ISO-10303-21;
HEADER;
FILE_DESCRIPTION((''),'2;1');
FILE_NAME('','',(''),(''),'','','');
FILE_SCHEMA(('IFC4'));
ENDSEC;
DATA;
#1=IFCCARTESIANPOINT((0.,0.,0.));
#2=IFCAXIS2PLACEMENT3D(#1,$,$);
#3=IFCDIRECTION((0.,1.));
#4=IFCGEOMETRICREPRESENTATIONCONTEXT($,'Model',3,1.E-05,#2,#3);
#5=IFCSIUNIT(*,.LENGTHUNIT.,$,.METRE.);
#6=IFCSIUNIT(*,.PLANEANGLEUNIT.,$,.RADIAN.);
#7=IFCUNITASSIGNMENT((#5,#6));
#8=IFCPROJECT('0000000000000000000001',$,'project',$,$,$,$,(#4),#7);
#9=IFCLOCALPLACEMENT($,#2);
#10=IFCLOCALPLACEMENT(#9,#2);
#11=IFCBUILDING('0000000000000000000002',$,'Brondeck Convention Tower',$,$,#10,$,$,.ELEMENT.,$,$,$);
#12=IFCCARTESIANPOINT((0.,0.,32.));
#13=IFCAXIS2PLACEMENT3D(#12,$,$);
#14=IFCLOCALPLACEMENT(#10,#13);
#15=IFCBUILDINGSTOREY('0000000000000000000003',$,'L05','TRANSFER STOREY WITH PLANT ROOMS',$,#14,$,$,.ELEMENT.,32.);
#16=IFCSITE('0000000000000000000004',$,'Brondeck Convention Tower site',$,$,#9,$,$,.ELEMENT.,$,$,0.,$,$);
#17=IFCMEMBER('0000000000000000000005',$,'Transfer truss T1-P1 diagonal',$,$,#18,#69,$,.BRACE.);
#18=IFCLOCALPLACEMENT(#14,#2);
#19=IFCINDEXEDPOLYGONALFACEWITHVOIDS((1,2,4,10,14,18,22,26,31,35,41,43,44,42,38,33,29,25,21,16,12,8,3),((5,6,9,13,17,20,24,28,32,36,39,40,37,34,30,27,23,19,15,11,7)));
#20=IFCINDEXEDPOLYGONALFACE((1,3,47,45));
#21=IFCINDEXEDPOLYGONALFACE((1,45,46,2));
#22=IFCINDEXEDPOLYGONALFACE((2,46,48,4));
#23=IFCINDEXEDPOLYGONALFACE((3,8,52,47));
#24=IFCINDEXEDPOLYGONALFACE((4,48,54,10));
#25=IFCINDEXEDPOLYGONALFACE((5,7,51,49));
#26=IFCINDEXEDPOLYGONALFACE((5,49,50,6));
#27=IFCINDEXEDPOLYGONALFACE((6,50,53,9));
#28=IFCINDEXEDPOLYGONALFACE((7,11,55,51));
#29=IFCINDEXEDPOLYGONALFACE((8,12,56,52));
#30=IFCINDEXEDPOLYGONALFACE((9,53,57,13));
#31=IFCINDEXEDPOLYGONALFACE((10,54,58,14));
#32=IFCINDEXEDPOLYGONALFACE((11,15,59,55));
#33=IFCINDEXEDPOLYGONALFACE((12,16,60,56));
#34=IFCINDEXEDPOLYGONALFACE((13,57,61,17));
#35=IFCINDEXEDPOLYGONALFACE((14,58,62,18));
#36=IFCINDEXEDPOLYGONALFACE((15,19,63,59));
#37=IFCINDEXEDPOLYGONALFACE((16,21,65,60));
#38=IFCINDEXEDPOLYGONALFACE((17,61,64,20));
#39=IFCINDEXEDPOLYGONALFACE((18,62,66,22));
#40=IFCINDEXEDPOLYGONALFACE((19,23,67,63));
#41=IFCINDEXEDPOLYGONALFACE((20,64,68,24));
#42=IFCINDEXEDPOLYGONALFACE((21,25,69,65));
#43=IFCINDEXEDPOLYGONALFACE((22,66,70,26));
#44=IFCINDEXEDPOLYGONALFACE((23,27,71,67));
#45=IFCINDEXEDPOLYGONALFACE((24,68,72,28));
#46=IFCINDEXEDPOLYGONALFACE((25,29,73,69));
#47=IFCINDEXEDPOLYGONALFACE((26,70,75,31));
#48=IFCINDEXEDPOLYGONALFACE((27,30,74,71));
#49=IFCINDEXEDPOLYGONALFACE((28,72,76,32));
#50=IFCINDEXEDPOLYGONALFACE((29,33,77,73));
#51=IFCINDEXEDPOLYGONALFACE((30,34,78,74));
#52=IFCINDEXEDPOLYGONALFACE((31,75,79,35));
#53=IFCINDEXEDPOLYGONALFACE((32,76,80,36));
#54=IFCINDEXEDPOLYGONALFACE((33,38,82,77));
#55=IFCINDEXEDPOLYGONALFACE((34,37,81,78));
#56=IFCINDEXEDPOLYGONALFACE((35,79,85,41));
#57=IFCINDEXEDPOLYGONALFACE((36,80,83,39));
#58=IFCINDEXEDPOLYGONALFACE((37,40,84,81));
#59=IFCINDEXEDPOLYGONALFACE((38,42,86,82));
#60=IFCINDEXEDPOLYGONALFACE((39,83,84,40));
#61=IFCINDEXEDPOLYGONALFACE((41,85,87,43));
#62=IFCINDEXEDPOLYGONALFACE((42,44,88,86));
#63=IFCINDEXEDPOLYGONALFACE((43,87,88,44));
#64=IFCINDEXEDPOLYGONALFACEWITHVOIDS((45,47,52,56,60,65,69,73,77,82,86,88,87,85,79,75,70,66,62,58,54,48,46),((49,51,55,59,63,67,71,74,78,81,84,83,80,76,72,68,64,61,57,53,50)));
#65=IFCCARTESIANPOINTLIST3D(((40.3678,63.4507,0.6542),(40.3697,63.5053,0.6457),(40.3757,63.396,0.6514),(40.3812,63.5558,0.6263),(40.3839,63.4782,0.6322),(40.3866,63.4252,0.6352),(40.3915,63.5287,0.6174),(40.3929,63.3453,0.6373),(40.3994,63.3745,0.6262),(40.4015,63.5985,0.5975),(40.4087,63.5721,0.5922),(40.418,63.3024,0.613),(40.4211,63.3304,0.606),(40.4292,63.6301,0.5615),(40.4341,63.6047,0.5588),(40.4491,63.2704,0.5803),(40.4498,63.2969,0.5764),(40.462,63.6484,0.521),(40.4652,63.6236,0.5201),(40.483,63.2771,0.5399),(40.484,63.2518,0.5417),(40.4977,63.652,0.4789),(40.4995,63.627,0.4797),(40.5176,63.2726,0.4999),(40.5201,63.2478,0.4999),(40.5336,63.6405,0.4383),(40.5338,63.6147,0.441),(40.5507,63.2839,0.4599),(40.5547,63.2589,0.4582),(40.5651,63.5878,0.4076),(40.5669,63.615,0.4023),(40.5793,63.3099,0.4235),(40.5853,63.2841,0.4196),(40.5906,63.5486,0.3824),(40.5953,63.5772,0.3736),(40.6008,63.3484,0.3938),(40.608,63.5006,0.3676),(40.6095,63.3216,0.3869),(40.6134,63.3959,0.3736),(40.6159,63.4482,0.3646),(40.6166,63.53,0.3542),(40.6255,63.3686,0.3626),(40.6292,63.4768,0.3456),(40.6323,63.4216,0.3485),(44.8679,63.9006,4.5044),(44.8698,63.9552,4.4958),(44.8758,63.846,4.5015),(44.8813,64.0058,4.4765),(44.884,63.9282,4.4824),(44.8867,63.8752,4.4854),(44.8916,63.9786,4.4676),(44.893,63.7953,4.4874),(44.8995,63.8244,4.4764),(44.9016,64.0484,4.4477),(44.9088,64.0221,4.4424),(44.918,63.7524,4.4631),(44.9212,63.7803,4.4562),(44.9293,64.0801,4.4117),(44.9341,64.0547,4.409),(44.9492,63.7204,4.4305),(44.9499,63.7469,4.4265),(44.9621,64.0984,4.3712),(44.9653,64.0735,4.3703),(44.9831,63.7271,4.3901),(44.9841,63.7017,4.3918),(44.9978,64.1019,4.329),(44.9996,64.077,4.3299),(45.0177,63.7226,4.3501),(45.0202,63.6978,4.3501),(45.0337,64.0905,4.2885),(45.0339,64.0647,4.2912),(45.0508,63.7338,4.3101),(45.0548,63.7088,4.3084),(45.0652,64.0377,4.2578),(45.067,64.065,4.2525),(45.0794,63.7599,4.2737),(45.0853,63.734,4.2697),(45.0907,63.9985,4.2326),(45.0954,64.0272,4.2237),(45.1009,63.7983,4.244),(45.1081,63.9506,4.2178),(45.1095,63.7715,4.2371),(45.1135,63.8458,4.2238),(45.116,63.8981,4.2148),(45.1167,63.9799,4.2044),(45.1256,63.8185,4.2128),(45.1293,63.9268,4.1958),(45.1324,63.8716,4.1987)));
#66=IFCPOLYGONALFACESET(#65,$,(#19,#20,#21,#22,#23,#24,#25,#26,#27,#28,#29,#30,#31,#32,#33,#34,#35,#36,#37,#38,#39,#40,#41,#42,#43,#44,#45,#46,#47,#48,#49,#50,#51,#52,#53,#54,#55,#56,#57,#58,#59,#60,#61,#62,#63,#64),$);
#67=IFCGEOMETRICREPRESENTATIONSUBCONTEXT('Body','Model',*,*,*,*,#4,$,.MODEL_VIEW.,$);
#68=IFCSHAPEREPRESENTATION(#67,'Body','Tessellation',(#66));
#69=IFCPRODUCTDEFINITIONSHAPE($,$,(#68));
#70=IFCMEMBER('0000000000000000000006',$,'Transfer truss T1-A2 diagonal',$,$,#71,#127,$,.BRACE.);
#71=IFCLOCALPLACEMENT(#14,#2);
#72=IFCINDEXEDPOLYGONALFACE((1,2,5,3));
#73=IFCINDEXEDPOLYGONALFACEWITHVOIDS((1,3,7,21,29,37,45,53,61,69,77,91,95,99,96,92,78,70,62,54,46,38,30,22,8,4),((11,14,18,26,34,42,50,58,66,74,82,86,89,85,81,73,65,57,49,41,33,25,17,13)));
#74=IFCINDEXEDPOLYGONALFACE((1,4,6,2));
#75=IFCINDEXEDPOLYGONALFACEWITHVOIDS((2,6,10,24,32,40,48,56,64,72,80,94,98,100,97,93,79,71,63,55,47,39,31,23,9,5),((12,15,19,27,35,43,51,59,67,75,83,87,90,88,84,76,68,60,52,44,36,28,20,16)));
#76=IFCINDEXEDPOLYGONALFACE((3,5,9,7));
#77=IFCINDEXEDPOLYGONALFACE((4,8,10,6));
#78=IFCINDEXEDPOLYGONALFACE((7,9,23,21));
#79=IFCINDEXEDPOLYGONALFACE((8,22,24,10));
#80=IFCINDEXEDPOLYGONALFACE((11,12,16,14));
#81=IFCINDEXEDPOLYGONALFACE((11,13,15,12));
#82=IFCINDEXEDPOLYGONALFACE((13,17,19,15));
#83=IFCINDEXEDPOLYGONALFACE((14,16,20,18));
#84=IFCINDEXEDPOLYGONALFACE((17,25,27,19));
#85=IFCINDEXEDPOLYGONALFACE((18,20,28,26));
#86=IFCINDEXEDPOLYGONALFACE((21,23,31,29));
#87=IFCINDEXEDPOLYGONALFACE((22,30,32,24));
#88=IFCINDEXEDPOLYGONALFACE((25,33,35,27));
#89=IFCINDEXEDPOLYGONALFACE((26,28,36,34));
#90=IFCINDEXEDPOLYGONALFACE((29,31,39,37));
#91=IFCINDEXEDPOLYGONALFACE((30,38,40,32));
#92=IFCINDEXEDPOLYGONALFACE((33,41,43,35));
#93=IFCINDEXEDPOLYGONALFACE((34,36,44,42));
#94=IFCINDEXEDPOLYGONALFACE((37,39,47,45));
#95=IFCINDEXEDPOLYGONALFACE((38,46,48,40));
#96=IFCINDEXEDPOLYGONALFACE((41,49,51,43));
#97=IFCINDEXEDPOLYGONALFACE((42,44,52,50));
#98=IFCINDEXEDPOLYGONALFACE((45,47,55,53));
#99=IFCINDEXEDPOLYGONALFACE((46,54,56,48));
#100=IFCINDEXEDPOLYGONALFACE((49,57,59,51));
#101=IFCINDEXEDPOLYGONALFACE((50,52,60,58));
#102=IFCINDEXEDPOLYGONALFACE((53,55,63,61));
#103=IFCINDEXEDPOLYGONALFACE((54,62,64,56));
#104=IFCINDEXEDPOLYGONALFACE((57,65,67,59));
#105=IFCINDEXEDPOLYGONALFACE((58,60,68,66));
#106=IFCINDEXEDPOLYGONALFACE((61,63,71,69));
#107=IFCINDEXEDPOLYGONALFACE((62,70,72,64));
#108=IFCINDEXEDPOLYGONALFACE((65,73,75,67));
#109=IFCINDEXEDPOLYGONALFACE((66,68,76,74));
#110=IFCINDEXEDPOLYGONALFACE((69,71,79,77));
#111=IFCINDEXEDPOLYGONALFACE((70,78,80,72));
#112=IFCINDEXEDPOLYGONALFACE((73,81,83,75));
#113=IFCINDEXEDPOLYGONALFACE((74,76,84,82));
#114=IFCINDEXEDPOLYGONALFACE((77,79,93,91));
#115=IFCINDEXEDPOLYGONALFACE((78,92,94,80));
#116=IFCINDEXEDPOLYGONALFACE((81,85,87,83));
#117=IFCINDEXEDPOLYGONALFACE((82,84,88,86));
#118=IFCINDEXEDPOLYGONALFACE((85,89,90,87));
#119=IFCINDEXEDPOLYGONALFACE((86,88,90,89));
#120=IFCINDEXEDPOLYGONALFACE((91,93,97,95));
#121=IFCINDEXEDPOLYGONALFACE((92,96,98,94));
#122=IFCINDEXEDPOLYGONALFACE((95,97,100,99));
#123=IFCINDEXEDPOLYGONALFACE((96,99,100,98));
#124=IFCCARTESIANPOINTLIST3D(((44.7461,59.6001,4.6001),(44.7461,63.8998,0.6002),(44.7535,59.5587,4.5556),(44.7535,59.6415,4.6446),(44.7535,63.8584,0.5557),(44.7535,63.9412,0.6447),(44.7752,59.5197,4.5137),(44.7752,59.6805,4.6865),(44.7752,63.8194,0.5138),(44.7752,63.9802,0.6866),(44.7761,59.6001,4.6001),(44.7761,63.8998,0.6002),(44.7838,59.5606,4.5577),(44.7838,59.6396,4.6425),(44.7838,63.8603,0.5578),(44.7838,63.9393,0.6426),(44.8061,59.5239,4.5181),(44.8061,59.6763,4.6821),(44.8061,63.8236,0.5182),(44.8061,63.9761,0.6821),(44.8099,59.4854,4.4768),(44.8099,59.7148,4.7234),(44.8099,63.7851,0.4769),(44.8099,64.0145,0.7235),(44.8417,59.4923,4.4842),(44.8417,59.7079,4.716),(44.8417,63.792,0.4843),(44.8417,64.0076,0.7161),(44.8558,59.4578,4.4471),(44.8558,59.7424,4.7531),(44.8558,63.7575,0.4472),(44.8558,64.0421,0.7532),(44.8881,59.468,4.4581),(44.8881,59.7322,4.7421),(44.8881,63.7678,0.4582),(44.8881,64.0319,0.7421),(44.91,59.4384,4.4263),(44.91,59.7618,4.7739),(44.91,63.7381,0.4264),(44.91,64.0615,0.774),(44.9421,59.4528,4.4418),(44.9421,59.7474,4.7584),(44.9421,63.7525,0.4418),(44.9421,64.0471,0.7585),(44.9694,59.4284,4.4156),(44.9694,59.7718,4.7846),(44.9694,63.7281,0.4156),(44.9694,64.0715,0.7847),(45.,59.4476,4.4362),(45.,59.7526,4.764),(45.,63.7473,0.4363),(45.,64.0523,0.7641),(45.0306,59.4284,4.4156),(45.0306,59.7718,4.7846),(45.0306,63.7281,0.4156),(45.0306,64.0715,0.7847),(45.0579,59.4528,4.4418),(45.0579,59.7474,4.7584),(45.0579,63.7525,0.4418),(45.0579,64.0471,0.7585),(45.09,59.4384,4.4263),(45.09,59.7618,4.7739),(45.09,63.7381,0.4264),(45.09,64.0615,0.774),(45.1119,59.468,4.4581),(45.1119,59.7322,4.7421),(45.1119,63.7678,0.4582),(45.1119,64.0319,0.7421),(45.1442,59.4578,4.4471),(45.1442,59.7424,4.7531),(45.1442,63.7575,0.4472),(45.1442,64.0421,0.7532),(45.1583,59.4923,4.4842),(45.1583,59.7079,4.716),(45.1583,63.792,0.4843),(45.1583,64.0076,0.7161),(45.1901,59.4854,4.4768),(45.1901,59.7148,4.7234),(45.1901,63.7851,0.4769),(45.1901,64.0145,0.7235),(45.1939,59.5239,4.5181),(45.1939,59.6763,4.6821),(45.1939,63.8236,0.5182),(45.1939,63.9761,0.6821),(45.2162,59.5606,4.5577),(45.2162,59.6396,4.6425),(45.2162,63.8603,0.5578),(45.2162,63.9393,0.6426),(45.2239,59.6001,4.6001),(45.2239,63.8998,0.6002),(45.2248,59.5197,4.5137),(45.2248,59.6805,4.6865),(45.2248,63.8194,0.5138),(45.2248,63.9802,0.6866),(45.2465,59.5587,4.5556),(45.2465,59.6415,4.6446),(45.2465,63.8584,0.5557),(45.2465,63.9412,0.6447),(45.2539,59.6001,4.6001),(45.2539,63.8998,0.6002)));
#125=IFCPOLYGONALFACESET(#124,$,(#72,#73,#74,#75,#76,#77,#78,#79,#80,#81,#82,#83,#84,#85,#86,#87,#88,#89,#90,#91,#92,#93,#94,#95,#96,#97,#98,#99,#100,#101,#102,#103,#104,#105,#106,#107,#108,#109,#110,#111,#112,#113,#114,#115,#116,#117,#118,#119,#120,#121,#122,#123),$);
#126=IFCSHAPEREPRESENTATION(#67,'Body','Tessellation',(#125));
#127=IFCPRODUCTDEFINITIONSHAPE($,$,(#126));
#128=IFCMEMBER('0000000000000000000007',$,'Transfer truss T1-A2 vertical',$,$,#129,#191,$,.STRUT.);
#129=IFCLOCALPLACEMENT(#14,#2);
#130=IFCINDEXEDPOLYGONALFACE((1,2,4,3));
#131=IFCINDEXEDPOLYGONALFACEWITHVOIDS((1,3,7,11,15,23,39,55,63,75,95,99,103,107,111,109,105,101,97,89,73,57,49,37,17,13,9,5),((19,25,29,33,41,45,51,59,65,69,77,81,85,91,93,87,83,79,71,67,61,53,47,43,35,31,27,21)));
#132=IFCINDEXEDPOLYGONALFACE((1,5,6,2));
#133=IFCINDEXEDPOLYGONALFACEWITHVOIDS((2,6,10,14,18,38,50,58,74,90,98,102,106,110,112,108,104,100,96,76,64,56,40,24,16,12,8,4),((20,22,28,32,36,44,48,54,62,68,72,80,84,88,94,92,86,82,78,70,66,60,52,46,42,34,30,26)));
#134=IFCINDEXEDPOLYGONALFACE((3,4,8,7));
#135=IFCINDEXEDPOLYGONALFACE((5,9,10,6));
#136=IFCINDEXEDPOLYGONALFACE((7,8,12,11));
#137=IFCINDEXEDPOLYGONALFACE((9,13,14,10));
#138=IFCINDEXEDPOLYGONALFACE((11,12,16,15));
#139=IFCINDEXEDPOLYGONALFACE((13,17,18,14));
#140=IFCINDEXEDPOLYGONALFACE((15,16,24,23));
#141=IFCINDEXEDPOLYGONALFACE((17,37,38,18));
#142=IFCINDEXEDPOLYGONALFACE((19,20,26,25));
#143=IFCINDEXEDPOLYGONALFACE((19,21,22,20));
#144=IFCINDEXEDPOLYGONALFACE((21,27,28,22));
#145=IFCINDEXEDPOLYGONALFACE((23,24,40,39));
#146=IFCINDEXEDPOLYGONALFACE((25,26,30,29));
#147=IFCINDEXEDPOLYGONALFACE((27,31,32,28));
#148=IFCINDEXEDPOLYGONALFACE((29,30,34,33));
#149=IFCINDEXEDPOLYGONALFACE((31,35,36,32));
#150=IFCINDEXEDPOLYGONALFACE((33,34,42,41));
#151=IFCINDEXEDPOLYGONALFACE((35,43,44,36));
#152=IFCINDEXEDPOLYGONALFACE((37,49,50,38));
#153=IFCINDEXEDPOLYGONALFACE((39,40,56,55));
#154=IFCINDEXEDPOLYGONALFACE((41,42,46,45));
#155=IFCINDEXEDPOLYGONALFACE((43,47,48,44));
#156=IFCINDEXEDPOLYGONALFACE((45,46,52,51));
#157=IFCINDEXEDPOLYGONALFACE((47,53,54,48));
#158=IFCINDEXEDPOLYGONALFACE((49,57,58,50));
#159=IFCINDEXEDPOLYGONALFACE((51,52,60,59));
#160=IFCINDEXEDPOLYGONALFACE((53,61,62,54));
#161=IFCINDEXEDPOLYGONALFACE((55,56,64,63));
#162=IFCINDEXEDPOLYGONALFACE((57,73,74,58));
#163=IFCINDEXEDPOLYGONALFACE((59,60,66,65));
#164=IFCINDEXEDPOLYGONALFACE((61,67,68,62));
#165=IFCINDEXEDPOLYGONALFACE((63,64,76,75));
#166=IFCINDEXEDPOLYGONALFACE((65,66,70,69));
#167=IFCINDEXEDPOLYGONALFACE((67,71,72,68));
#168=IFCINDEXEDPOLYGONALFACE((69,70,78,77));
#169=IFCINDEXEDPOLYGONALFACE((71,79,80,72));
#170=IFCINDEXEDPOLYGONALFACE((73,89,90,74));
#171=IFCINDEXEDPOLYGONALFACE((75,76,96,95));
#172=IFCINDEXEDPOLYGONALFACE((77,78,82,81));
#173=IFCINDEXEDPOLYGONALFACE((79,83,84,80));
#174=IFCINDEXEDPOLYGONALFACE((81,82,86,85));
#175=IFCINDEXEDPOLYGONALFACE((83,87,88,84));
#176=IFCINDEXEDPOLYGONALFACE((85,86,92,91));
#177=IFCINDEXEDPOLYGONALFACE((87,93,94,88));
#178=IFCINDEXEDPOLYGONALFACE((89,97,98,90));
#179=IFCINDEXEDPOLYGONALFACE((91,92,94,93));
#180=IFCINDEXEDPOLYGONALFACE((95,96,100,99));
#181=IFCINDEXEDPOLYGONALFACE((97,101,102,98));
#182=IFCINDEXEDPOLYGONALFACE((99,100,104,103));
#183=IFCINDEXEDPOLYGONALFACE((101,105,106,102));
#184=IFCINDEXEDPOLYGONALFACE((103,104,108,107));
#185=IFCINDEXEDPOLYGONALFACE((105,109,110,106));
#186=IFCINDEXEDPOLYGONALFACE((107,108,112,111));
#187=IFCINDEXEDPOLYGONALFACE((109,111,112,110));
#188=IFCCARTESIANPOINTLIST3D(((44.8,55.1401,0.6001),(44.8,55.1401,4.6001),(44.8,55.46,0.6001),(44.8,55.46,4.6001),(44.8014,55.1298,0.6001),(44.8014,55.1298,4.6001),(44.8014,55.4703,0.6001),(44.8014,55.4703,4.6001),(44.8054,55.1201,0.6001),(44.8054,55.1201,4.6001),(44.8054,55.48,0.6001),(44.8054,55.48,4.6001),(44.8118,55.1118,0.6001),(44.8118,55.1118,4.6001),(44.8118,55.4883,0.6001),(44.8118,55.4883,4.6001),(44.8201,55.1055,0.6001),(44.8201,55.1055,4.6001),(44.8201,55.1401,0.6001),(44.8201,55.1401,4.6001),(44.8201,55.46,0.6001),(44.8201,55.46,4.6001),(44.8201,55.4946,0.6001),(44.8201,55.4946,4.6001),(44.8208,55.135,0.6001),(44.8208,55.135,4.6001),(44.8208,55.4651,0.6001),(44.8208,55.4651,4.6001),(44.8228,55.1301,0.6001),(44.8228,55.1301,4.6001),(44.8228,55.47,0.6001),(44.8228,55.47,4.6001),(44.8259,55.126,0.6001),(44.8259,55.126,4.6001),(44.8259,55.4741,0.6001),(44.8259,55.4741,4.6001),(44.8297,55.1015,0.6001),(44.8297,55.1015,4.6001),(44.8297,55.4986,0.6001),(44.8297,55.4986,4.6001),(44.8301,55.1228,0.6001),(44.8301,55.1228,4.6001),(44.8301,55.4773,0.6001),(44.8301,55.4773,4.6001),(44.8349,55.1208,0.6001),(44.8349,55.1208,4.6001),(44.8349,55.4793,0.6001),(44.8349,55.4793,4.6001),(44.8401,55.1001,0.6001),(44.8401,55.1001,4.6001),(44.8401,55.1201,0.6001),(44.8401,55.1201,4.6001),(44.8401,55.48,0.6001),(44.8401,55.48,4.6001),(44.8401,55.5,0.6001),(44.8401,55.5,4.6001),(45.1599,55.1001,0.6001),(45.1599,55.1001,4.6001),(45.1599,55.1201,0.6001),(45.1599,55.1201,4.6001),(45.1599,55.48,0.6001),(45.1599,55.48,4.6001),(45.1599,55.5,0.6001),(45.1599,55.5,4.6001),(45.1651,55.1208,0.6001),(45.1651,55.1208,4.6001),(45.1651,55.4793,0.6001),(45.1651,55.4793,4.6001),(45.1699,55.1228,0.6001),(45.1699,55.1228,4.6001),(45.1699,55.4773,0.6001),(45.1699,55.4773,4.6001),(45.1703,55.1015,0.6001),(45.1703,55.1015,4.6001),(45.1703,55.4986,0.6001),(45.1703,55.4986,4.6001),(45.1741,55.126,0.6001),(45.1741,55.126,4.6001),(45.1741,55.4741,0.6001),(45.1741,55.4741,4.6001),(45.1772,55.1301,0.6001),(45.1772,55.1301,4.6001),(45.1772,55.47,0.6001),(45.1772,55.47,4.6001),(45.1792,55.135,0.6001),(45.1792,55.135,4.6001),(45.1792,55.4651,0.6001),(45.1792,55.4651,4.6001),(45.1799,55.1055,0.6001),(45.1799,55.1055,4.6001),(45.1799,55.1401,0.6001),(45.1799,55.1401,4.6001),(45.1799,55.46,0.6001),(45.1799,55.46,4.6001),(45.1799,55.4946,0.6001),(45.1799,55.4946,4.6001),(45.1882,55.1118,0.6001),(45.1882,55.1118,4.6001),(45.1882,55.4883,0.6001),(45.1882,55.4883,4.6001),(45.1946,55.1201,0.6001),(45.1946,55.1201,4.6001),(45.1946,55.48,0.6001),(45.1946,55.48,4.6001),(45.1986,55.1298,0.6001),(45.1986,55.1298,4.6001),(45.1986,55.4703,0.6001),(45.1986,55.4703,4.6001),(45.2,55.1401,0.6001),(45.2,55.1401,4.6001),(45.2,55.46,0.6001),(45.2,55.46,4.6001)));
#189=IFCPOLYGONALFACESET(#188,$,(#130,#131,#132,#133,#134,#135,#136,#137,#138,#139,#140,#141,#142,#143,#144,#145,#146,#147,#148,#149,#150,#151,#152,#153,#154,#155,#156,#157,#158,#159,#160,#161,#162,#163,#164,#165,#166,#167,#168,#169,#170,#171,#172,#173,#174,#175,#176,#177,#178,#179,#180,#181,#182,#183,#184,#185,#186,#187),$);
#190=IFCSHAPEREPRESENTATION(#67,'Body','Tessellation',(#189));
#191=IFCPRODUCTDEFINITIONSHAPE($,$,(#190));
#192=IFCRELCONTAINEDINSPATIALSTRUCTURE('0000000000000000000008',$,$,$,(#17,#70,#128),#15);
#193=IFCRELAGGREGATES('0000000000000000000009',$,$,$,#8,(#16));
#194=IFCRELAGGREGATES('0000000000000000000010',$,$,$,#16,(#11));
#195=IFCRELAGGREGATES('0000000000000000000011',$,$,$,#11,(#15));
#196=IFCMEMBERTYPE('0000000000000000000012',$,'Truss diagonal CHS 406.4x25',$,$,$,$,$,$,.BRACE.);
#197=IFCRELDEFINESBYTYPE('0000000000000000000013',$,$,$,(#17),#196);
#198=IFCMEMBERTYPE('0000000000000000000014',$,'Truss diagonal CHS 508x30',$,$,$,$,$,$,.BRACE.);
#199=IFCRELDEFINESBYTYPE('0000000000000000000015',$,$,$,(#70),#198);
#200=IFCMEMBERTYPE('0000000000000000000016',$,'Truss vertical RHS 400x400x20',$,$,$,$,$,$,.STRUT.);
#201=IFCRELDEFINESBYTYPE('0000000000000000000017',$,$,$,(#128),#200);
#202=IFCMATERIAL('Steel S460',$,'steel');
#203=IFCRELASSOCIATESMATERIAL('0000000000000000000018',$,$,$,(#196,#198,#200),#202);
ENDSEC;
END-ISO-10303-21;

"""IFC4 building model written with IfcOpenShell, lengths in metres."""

from ifc_helpers import new_model, si_unit, direction, frame, origin, origin_2d, place, context, subcontext, project, spatial, hollow_rectangle, hollow_circle, extrude, material, material_profile, profile_set, type_object, element, save


model = new_model("IFC4")

# Units and contexts
model_context = context("Model", 3, precision=1e-05, world=origin(), true_north=direction((0.0, 1.0)))
body_context = subcontext(model_context, "Body", "Model", "MODEL_VIEW")
ifc_project = project(units=[si_unit("LENGTHUNIT", "METRE"), si_unit("PLANEANGLEUNIT", "RADIAN")], contexts=[model_context])

# Site, building, storey
site_placement = place(None, origin())
site = spatial("IfcSite", under=ifc_project, at=site_placement, Name="Brondeck Convention Tower site", CompositionType="ELEMENT", RefElevation=0.0)
building_placement = place(site_placement, origin())
building = spatial("IfcBuilding", under=site, at=building_placement, Name="Brondeck Convention Tower", CompositionType="ELEMENT")
storey_placement = place(building_placement, frame((0.0, 0.0, 32.0)))
storey = spatial("IfcBuildingStorey", under=building, at=storey_placement, Name="L05", Description="TRANSFER STOREY WITH PLANT ROOMS", CompositionType="ELEMENT", Elevation=32.0)

# Shared definitions
ifc_material_1 = material(Name="Steel S460", Category="steel")

# Members
ifc_material_profile_1 = material_profile(ifc_material_1, hollow_circle(Radius=0.2031, WallThickness=0.0249, at=origin_2d()), Name="CHS 406.4x25")
ifc_profile_set_1 = profile_set([ifc_material_profile_1], Name="Steel S460")
member_type_1 = type_object("IfcMemberType", Name="Truss diagonal CHS 406.4x25", PredefinedType="BRACE", material=ifc_profile_set_1)
for number, where, z_axis, x_axis, name in (
    (1, (45.0, 63.8999, 4.3501), (-0.75766, -0.075758, -0.648237), (0.099493, -0.995038, 0.0), "Transfer truss T1-P1 diagonal"),
):
    element("IfcMember", number, at=place(storey_placement, frame(where, z_axis=z_axis, x_axis=x_axis)), inside=storey, type_object=member_type_1, Name=name, PredefinedType="BRACE", context=body_context, shape_type="SweptSolid", body=[
        extrude(hollow_circle(Radius=0.2031, WallThickness=0.0249, at=origin_2d()), origin(), (0.0, 0.0, 1.0), 5.9395),
    ])
ifc_material_profile_2 = material_profile(ifc_material_1, hollow_circle(Radius=0.2539, WallThickness=0.03, at=origin_2d()), Name="CHS 508x30")
ifc_profile_set_2 = profile_set([ifc_material_profile_2], Name="Steel S460")
member_type_2 = type_object("IfcMemberType", Name="Truss diagonal CHS 508x30", PredefinedType="BRACE", material=ifc_profile_set_2)
member_1_placement = place(storey_placement, frame((45.0, 59.6001, 4.6001), z_axis=(0.0, 0.732171, -0.681121), x_axis=(-1.0, 0.0, 0.0)))
element("IfcMember", 2, at=member_1_placement, inside=storey, type_object=member_type_2, Name="Transfer truss T1-A2 diagonal", PredefinedType="BRACE", context=body_context, shape_type="SweptSolid", body=[
    extrude(hollow_circle(Radius=0.2539, WallThickness=0.03, at=origin_2d()), origin(), (0.0, 0.0, 1.0), 5.8726),
])
ifc_material_profile_3 = material_profile(ifc_material_1, hollow_rectangle(XDim=0.3999, YDim=0.3999, WallThickness=0.02, InnerFilletRadius=0.02, OuterFilletRadius=0.04, at=origin_2d()), Name="RHS 400x400x20")
ifc_profile_set_3 = profile_set([ifc_material_profile_3], Name="Steel S460")
member_type_3 = type_object("IfcMemberType", Name="Truss vertical RHS 400x400x20", PredefinedType="STRUT", material=ifc_profile_set_3)
for number, where, z_axis, x_axis, name in (
    (3, (45.0, 55.3, 0.6001), (0.0, 0.0, 1.0), (1.0, 0.0, 0.0), "Transfer truss T1-A2 vertical"),
):
    element("IfcMember", number, at=place(storey_placement, frame(where, z_axis=z_axis, x_axis=x_axis)), inside=storey, type_object=member_type_3, Name=name, PredefinedType="STRUT", context=body_context, shape_type="SweptSolid", body=[
        extrude(hollow_rectangle(XDim=0.3999, YDim=0.3999, WallThickness=0.02, InnerFilletRadius=0.02, OuterFilletRadius=0.04, at=origin_2d()), origin(), (0.0, 0.0, 1.0), 4.0),
    ])

save(model, "model.ifc")
